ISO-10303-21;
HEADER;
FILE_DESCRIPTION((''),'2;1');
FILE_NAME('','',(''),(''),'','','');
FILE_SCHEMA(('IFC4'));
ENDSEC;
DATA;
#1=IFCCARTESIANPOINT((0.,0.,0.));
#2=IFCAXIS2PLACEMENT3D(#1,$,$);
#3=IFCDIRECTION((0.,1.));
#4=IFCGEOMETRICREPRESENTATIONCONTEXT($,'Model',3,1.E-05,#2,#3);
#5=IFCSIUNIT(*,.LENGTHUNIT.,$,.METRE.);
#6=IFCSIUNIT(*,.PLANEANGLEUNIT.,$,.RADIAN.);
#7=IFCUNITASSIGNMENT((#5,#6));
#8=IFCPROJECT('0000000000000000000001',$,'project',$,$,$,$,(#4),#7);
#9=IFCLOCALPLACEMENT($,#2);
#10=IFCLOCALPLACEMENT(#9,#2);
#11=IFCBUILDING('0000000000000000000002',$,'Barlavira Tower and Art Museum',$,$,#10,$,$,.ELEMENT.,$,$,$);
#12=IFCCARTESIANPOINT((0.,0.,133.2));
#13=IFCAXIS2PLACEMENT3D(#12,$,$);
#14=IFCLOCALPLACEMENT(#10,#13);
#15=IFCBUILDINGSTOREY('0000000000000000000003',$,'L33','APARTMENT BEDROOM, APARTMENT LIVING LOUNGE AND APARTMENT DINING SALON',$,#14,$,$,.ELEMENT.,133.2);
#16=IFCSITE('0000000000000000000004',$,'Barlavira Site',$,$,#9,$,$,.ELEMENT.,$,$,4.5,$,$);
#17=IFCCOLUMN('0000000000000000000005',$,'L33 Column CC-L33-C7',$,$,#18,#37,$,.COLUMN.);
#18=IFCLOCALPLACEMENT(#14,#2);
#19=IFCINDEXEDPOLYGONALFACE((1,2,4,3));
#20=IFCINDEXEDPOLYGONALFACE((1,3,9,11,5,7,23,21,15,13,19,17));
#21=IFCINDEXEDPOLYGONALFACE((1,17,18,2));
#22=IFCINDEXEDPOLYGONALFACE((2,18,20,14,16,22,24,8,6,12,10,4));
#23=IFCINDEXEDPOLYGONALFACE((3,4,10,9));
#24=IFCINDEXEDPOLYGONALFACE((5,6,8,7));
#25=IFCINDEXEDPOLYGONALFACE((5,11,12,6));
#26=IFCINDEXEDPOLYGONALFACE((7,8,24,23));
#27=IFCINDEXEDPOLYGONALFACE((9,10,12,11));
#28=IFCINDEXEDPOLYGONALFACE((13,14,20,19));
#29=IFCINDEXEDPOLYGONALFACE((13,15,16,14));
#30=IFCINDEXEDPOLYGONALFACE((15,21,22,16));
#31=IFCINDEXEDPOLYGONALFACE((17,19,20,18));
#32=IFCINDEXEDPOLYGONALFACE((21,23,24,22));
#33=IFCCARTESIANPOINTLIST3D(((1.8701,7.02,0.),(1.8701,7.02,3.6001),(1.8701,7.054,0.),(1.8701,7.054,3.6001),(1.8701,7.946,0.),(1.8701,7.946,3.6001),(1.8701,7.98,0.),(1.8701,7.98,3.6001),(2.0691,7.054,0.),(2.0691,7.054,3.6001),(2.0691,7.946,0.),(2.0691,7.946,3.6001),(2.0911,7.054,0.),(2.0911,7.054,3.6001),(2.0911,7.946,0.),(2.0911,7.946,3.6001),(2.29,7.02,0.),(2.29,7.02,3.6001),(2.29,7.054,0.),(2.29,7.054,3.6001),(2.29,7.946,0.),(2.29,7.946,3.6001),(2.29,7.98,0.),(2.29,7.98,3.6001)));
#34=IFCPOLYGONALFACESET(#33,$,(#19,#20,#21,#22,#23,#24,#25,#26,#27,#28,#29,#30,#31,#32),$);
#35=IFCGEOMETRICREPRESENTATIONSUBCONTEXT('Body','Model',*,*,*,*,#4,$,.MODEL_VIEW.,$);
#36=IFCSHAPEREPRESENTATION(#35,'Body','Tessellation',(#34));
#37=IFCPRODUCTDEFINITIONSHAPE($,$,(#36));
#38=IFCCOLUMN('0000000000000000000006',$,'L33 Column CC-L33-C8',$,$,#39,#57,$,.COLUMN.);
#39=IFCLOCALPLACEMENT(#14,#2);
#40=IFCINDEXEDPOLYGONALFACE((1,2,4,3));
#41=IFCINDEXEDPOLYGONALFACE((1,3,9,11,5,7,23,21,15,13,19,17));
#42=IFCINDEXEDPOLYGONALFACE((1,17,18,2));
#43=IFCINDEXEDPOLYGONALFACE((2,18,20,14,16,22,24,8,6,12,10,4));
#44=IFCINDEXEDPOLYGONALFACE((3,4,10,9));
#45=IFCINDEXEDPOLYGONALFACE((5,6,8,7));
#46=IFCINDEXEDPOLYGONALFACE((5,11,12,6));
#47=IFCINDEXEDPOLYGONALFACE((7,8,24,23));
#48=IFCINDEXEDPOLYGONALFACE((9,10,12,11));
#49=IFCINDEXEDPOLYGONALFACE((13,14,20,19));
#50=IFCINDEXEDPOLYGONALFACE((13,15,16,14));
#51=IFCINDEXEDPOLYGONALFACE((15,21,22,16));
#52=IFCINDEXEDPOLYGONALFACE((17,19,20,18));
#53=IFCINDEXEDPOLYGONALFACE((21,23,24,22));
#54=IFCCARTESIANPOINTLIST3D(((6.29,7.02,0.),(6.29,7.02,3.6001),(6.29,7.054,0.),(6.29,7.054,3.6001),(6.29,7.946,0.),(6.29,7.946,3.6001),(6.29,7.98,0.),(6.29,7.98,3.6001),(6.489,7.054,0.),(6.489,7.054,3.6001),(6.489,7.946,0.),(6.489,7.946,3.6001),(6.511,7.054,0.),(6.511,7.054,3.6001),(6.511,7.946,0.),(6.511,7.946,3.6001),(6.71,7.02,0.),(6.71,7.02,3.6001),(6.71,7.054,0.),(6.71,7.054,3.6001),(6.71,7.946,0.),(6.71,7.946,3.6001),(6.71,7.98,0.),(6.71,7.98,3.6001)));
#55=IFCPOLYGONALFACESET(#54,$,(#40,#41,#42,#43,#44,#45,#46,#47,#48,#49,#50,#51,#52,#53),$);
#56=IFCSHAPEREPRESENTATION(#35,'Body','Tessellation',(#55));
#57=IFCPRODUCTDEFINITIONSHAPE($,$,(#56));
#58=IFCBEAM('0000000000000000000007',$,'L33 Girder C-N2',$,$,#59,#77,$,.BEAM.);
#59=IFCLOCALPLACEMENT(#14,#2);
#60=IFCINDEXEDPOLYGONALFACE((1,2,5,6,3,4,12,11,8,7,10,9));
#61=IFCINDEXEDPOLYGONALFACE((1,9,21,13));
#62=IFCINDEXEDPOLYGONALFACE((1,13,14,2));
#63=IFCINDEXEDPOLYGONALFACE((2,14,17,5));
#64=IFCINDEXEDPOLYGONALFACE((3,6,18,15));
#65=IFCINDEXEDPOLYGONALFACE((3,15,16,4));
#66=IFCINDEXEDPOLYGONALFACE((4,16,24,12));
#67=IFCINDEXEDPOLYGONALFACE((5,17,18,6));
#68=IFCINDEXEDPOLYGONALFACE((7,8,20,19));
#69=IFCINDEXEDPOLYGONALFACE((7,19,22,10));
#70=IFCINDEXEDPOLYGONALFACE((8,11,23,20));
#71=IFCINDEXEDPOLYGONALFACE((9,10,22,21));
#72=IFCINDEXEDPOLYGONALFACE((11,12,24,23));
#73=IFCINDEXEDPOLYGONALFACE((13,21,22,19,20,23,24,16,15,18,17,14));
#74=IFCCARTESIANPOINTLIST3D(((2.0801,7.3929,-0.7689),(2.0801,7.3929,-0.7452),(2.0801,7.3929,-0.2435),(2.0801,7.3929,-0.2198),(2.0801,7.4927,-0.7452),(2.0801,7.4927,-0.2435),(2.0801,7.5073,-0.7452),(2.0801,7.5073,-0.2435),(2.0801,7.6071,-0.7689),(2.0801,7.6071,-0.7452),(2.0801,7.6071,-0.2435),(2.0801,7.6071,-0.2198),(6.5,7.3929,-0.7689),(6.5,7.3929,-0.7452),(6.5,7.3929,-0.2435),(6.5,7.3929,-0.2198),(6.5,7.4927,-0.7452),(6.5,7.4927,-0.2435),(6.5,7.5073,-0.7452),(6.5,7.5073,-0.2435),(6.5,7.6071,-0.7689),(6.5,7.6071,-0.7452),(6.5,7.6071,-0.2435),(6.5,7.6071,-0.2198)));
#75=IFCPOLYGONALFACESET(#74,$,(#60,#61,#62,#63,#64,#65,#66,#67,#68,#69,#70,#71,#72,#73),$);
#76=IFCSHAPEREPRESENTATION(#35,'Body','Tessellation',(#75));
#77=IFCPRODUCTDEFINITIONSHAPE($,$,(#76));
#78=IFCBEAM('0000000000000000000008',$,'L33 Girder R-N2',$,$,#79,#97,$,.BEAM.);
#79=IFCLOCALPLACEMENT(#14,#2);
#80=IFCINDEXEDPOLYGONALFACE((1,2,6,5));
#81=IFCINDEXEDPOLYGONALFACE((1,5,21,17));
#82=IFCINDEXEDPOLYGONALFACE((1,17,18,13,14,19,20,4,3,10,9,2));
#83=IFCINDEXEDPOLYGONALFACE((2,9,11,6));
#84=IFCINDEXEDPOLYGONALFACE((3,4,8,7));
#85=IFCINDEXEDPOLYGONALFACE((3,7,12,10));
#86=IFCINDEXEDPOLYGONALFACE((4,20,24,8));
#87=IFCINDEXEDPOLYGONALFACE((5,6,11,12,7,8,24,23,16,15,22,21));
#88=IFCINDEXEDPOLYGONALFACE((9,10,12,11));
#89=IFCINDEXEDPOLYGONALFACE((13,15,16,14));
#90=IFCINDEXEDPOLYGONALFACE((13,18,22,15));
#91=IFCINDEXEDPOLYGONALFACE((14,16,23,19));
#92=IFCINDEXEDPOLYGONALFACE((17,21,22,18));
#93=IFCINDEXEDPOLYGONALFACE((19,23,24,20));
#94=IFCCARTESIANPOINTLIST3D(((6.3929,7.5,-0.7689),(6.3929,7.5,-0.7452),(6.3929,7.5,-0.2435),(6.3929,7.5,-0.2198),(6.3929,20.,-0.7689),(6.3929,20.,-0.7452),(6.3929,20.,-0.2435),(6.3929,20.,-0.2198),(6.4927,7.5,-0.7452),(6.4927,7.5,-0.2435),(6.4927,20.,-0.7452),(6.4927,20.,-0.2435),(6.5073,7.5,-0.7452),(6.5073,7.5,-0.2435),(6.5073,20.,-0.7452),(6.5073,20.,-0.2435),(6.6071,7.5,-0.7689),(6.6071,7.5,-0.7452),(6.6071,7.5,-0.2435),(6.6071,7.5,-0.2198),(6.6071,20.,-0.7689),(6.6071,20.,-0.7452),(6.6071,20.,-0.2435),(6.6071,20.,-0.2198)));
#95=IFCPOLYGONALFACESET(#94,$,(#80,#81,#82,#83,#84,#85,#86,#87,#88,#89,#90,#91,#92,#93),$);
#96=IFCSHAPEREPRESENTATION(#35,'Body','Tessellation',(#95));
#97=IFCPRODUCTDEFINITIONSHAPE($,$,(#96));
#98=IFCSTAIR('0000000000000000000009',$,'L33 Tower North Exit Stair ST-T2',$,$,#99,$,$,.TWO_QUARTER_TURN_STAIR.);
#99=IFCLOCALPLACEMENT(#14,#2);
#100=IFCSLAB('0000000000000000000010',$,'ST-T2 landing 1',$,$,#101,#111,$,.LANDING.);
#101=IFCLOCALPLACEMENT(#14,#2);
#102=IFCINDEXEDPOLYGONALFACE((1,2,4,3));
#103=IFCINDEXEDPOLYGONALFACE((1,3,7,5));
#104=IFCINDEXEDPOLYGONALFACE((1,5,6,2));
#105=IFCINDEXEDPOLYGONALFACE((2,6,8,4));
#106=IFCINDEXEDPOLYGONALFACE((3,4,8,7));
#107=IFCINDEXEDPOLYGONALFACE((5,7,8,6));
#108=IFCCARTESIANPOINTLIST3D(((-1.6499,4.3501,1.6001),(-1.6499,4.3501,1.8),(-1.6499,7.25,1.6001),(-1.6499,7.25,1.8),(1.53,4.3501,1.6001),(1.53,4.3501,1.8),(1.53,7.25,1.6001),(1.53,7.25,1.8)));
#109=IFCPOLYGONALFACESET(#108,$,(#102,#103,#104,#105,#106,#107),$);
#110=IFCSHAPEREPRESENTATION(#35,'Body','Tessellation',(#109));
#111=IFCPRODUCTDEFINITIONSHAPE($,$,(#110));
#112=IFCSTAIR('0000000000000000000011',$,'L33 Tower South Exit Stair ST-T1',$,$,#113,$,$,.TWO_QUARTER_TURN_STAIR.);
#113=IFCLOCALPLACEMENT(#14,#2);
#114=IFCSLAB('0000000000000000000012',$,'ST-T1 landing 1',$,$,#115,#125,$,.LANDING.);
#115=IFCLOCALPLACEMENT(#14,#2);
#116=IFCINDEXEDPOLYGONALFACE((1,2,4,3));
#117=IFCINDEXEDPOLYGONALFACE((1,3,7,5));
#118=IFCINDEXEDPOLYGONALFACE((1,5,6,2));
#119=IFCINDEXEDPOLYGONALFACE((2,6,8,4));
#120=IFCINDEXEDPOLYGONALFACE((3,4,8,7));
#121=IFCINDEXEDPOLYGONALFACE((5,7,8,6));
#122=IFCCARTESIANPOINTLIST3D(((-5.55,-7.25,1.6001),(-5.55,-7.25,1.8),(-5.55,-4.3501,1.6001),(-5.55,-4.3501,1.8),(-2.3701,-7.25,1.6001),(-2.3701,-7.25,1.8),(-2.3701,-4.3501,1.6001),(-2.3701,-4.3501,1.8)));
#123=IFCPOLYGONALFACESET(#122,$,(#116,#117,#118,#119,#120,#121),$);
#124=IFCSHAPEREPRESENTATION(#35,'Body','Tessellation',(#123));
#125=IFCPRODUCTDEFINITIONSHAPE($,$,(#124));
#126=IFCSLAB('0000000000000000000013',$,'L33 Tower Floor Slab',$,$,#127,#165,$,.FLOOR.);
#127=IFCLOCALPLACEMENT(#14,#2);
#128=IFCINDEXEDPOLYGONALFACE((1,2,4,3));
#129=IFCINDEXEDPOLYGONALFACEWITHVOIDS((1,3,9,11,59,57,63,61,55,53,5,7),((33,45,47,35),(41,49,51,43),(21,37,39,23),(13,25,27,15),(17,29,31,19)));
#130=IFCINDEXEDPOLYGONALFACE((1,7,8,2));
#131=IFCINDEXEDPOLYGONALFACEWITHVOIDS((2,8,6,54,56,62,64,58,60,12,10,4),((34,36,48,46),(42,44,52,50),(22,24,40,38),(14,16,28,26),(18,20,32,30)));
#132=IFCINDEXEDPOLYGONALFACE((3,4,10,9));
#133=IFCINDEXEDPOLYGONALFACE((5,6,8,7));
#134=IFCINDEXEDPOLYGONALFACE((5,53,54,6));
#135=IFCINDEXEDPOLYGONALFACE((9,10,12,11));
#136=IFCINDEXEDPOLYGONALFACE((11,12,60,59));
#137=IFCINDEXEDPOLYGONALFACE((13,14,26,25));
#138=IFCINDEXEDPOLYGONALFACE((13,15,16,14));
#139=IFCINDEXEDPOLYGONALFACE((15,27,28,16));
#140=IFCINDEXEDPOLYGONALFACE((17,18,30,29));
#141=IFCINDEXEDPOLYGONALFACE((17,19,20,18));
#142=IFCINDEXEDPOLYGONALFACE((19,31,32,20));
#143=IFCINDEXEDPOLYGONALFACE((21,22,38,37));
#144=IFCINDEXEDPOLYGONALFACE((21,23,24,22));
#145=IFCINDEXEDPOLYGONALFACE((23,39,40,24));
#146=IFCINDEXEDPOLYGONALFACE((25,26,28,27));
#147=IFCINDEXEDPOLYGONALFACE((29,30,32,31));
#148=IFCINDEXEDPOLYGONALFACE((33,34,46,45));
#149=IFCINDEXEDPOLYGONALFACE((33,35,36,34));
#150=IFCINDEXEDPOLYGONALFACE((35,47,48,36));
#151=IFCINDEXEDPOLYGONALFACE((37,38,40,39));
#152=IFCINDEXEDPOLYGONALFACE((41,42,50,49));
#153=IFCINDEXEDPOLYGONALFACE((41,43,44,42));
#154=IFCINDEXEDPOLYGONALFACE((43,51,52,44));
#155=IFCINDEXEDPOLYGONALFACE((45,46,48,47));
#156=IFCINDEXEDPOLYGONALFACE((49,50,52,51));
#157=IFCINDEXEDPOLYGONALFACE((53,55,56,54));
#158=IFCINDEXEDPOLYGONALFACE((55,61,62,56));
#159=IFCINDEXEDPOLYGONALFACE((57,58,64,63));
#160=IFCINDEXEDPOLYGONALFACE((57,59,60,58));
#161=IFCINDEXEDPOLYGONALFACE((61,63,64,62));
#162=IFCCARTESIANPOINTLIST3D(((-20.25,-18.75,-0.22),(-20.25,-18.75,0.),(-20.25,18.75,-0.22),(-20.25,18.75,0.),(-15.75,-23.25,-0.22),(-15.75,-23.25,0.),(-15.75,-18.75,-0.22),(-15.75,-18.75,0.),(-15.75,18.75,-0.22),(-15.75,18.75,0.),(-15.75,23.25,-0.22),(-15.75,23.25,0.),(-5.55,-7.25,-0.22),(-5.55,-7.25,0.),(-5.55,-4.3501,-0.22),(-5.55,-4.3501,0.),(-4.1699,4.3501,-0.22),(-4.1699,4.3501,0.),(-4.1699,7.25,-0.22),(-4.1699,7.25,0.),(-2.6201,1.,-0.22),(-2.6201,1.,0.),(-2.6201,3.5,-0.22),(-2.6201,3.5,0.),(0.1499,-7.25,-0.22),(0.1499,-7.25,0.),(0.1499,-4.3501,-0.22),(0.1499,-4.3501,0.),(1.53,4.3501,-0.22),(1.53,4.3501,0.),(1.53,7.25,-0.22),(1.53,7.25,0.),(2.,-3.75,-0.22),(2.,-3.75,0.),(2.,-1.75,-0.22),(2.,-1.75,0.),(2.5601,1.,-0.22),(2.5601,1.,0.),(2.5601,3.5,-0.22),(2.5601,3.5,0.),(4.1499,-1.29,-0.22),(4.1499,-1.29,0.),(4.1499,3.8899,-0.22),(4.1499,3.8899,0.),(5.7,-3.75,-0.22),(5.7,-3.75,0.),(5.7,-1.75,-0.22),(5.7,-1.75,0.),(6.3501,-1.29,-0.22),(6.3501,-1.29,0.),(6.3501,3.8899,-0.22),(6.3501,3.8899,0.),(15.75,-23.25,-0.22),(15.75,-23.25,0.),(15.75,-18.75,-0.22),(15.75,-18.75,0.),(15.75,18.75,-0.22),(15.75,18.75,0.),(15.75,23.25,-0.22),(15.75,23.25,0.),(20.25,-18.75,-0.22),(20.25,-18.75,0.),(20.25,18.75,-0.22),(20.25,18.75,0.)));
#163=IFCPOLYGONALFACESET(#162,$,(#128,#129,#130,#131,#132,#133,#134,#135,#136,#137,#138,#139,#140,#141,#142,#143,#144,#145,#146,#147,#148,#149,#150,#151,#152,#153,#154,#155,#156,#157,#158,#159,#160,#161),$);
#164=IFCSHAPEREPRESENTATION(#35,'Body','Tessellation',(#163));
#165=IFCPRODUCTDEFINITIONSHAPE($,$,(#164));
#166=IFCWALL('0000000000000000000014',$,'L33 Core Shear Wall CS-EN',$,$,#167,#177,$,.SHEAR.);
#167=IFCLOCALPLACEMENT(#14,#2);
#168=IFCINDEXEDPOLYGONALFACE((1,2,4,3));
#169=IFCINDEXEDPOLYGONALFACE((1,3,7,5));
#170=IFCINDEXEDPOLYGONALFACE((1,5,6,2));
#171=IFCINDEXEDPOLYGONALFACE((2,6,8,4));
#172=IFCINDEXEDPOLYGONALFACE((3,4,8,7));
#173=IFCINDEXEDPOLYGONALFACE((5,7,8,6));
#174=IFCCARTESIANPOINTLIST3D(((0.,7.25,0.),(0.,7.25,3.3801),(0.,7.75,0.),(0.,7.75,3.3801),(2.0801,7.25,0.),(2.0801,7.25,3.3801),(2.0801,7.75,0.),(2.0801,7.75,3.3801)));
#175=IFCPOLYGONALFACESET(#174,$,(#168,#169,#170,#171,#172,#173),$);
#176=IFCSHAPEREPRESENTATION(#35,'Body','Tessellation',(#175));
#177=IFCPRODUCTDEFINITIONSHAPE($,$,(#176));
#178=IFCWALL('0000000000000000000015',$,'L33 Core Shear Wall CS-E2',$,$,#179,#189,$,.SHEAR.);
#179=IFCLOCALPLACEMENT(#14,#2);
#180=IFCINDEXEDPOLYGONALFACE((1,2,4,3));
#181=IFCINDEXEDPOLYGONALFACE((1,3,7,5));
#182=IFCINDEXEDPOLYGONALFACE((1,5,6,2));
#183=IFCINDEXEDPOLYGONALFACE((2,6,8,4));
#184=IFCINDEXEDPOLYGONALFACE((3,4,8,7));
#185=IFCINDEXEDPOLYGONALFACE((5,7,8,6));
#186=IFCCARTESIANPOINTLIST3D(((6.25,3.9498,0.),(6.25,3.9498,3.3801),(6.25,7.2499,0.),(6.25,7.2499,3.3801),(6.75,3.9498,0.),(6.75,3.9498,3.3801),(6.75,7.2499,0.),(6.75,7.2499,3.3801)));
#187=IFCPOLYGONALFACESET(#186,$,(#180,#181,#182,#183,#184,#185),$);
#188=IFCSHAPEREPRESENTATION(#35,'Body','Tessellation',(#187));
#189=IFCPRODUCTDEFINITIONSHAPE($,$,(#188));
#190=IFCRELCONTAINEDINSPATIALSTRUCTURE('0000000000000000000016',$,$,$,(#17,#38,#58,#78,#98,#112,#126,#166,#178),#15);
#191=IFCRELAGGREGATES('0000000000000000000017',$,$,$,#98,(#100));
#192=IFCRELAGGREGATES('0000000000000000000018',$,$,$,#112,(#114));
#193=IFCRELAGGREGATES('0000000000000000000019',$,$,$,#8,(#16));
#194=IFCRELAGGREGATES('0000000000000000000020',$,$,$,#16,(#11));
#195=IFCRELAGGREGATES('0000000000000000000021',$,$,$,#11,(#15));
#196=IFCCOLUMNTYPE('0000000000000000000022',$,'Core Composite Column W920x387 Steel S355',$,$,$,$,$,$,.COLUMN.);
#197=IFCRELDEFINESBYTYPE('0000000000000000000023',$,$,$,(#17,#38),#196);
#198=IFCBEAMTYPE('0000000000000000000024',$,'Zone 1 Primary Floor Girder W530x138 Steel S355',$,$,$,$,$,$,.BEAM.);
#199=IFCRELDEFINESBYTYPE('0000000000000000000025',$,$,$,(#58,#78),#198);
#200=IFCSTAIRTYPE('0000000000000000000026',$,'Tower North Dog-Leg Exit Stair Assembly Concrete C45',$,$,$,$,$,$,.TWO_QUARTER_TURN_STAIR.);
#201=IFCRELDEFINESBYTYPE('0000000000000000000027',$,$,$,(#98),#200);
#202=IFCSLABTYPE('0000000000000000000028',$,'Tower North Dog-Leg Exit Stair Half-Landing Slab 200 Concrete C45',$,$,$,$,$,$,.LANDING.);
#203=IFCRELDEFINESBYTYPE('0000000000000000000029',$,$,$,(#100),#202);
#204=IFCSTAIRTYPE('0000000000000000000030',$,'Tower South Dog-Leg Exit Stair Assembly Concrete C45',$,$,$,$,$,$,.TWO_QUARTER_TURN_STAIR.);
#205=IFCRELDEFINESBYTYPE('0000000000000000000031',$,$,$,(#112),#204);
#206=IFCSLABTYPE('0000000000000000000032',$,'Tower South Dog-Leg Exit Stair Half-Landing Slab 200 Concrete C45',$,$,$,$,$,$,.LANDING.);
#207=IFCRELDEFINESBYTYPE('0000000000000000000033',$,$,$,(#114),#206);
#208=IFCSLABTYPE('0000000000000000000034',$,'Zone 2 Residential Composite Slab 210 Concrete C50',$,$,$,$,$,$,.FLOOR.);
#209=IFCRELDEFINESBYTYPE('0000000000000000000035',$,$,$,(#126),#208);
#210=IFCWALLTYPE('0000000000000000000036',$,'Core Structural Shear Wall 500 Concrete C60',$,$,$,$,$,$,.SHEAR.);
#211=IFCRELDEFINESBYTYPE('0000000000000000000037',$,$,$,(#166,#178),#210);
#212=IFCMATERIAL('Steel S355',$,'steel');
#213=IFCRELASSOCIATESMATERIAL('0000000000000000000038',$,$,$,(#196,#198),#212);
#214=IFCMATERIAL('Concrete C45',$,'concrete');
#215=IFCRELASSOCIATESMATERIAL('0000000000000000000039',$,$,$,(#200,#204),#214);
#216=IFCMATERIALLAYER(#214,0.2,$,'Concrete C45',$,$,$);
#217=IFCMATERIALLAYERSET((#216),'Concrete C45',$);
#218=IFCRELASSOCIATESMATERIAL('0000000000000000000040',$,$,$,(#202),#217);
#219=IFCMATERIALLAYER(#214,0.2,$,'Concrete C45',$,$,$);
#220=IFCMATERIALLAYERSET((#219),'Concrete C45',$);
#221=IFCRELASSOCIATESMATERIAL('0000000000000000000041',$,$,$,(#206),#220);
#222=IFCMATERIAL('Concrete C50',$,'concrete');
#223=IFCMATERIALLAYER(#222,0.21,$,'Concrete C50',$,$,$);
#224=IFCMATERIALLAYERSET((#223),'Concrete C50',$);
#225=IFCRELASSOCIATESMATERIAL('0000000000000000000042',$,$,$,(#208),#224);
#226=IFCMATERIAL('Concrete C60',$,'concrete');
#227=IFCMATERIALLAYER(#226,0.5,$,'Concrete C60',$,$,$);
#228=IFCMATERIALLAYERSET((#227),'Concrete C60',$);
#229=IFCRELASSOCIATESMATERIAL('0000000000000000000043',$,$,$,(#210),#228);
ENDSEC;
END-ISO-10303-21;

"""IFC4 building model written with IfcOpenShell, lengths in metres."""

from ifc_helpers import new_model, si_unit, direction, frame, frame_2d, origin, origin_2d, place, context, subcontext, project, spatial, polyline, rectangle, i_section, outline, extrude, material, layer, layer_set, material_profile, profile_set, type_object, element, aggregate, save


model = new_model("IFC4")

# Units and contexts
model_context = context("Model", 3, precision=1e-05, world=origin(), true_north=direction((0.0, 1.0)))
body_context = subcontext(model_context, "Body", "Model", "MODEL_VIEW")
ifc_project = project(units=[si_unit("LENGTHUNIT", "METRE"), si_unit("PLANEANGLEUNIT", "RADIAN")], contexts=[model_context])

# Site, building, storey
site_placement = place(None, origin())
site = spatial("IfcSite", under=ifc_project, at=site_placement, Name="Barlavira Site", CompositionType="ELEMENT", RefElevation=4.5)
building_placement = place(site_placement, origin())
building = spatial("IfcBuilding", under=site, at=building_placement, Name="Barlavira Tower and Art Museum", CompositionType="ELEMENT")
storey_placement = place(building_placement, frame((0.0, 0.0, 133.2)))
storey = spatial("IfcBuildingStorey", under=building, at=storey_placement, Name="L33", Description="APARTMENT BEDROOM, APARTMENT LIVING LOUNGE AND APARTMENT DINING SALON", CompositionType="ELEMENT", Elevation=133.2)

# Columns
ifc_material_1 = material(Name="Steel S355", Category="steel")
ifc_material_profile_1 = material_profile(ifc_material_1, i_section(OverallWidth=0.4199, OverallDepth=0.96, WebThickness=0.022, FlangeThickness=0.0339, at=origin_2d()), Name="W920x387.0")
ifc_profile_set_1 = profile_set([ifc_material_profile_1], Name="Steel S355")
column_type = type_object("IfcColumnType", Name="Core Composite Column W920x387 Steel S355", PredefinedType="COLUMN", material=ifc_profile_set_1)
for number, where, z_axis, x_axis, name in (
    (1, (2.0801, 7.5, 0.0), (0.0, 0.0, 1.0), (1.0, 0.0, 0.0), "L33 Column CC-L33-C7"),
    (2, (6.5, 7.5, 0.0), (0.0, 0.0, 1.0), (1.0, 0.0, 0.0), "L33 Column CC-L33-C8"),
):
    element("IfcColumn", number, at=place(storey_placement, frame(where, z_axis=z_axis, x_axis=x_axis)), inside=storey, type_object=column_type, Name=name, PredefinedType="COLUMN", context=body_context, shape_type="SweptSolid", body=[
        extrude(i_section(OverallWidth=0.4199, OverallDepth=0.96, WebThickness=0.022, FlangeThickness=0.0339, at=origin_2d()), origin(), (0.0, 0.0, 1.0), 3.6001),
    ])

# Beams
ifc_material_profile_2 = material_profile(ifc_material_1, i_section(OverallWidth=0.2141, OverallDepth=0.5491, WebThickness=0.0146, FlangeThickness=0.0237, at=origin_2d()), Name="W530x138.0")
ifc_profile_set_2 = profile_set([ifc_material_profile_2], Name="Steel S355")
beam_type = type_object("IfcBeamType", Name="Zone 1 Primary Floor Girder W530x138 Steel S355", PredefinedType="BEAM", material=ifc_profile_set_2)
beam_1_placement = place(storey_placement, frame((2.0801, 7.5, -0.4944), z_axis=(1.0, 0.0, 0.0), x_axis=(0.0, 1.0, 0.0)))
element("IfcBeam", 3, at=beam_1_placement, inside=storey, type_object=beam_type, Name="L33 Girder C-N2", PredefinedType="BEAM", context=body_context, shape_type="SweptSolid", body=[
    extrude(i_section(OverallWidth=0.2141, OverallDepth=0.5491, WebThickness=0.0146, FlangeThickness=0.0237, at=origin_2d()), origin(), (0.0, 0.0, 1.0), 4.4199),
])
beam_2_placement = place(storey_placement, frame((6.5, 7.5, -0.4944), z_axis=(0.0, 1.0, 0.0), x_axis=(-1.0, 0.0, 0.0)))
element("IfcBeam", 4, at=beam_2_placement, inside=storey, type_object=beam_type, Name="L33 Girder R-N2", PredefinedType="BEAM", context=body_context, shape_type="SweptSolid", body=[
    extrude(i_section(OverallWidth=0.2141, OverallDepth=0.5491, WebThickness=0.0146, FlangeThickness=0.0237, at=origin_2d()), origin(), (0.0, 0.0, 1.0), 12.5),
])

# Stairs, slabs
ifc_material_2 = material(Name="Concrete C45", Category="concrete")
stair_type_1 = type_object("IfcStairType", Name="Tower North Dog-Leg Exit Stair Assembly Concrete C45", PredefinedType="TWO_QUARTER_TURN_STAIR", material=ifc_material_2)
stair_1_placement = place(storey_placement, origin())
stair_1 = element("IfcStair", 5, at=stair_1_placement, inside=storey, type_object=stair_type_1, Name="L33 Tower North Exit Stair ST-T2", PredefinedType="TWO_QUARTER_TURN_STAIR")
ifc_layer_1 = layer(ifc_material_2, 0.2, Name="Concrete C45")
ifc_layer_set_1 = layer_set([ifc_layer_1], Name="Concrete C45")
slab_type_1 = type_object("IfcSlabType", Name="Tower North Dog-Leg Exit Stair Half-Landing Slab 200 Concrete C45", PredefinedType="LANDING", material=ifc_layer_set_1)
slab_1_placement = place(storey_placement, frame((0.0, 0.0, 1.6001)))
slab_1 = element("IfcSlab", 6, at=slab_1_placement, type_object=slab_type_1, Name="ST-T2 landing 1", PredefinedType="LANDING", context=body_context, shape_type="SweptSolid", body=[
    extrude(outline(polyline([(-1.6499, 4.3501), (1.53, 4.3501), (1.53, 7.25), (-1.6499, 7.25), (-1.6499, 4.3501)])), origin(), (0.0, 0.0, 1.0), 0.2),
])
aggregate(stair_1, [slab_1])
stair_type_2 = type_object("IfcStairType", Name="Tower South Dog-Leg Exit Stair Assembly Concrete C45", PredefinedType="TWO_QUARTER_TURN_STAIR", material=ifc_material_2)
stair_2_placement = place(storey_placement, origin())
stair_2 = element("IfcStair", 7, at=stair_2_placement, inside=storey, type_object=stair_type_2, Name="L33 Tower South Exit Stair ST-T1", PredefinedType="TWO_QUARTER_TURN_STAIR")
ifc_layer_2 = layer(ifc_material_2, 0.2, Name="Concrete C45")
ifc_layer_set_2 = layer_set([ifc_layer_2], Name="Concrete C45")
slab_type_2 = type_object("IfcSlabType", Name="Tower South Dog-Leg Exit Stair Half-Landing Slab 200 Concrete C45", PredefinedType="LANDING", material=ifc_layer_set_2)
slab_2_placement = place(storey_placement, frame((0.0, 0.0, 1.6001)))
slab_2 = element("IfcSlab", 8, at=slab_2_placement, type_object=slab_type_2, Name="ST-T1 landing 1", PredefinedType="LANDING", context=body_context, shape_type="SweptSolid", body=[
    extrude(outline(polyline([(-2.3701, -4.3501), (-5.55, -4.3501), (-5.55, -7.25), (-2.3701, -7.25), (-2.3701, -4.3501)])), origin(), (0.0, 0.0, 1.0), 0.2),
])
aggregate(stair_2, [slab_2])

# Slab
ifc_material_3 = material(Name="Concrete C50", Category="concrete")
ifc_layer_3 = layer(ifc_material_3, 0.21, Name="Concrete C50")
ifc_layer_set_3 = layer_set([ifc_layer_3], Name="Concrete C50")
slab_type_3 = type_object("IfcSlabType", Name="Zone 2 Residential Composite Slab 210 Concrete C50", PredefinedType="FLOOR", material=ifc_layer_set_3)
slab_3_placement = place(storey_placement, frame((0.0, 0.0, -0.22)))
element("IfcSlab", 9, at=slab_3_placement, inside=storey, type_object=slab_type_3, Name="L33 Tower Floor Slab", PredefinedType="FLOOR", context=body_context, shape_type="SweptSolid", body=[
    extrude(outline(polyline([(-15.75, -23.25), (15.75, -23.25), (15.75, -18.75), (20.25, -18.75), (20.25, 18.75), (15.75, 18.75), (15.75, 23.25), (-15.75, 23.25), (-15.75, 18.75), (-20.25, 18.75), (-20.25, -18.75), (-15.75, -18.75), (-15.75, -23.25)]), holes=[polyline([(0.1499, -4.3501), (-5.55, -4.3501), (-5.55, -7.25), (0.1499, -7.25), (0.1499, -4.3501)]), polyline([(-4.1699, 4.3501), (1.53, 4.3501), (1.53, 7.25), (-4.1699, 7.25), (-4.1699, 4.3501)]), polyline([(4.1499, -1.29), (6.3501, -1.29), (6.3501, 3.8899), (4.1499, 3.8899), (4.1499, -1.29)]), polyline([(-2.6201, 1.0), (2.5601, 1.0), (2.5601, 3.5), (-2.6201, 3.5), (-2.6201, 1.0)]), polyline([(2.0, -3.75), (5.7, -3.75), (5.7, -1.75), (2.0, -1.75), (2.0, -3.75)])]), origin(), (0.0, 0.0, 1.0), 0.22),
])

# Walls
ifc_material_4 = material(Name="Concrete C60", Category="concrete")
ifc_layer_4 = layer(ifc_material_4, 0.5, Name="Concrete C60")
ifc_layer_set_4 = layer_set([ifc_layer_4], Name="Concrete C60")
wall_type_1 = type_object("IfcWallType", Name="Core Structural Shear Wall 500 Concrete C60", PredefinedType="SHEAR", material=ifc_layer_set_4)
wall_1_placement = place(storey_placement, frame((0.0, 7.5, 0.0), z_axis=(0.0, 0.0, 1.0), x_axis=(1.0, 0.0, 0.0)))
element("IfcWall", 10, at=wall_1_placement, inside=storey, type_object=wall_type_1, Name="L33 Core Shear Wall CS-EN", PredefinedType="SHEAR", context=body_context, shape_type="SweptSolid", body=[
    extrude(rectangle(XDim=2.0801, YDim=0.5, at=frame_2d((1.04, 0.0))), origin(), (0.0, 0.0, 1.0), 3.3801),
])
wall_2_placement = place(storey_placement, frame((6.5, 3.95, 0.0), z_axis=(0.0, 0.0, 1.0), x_axis=(0.0, 1.0, 0.0)))
element("IfcWall", 11, at=wall_2_placement, inside=storey, type_object=wall_type_1, Name="L33 Core Shear Wall CS-E2", PredefinedType="SHEAR", context=body_context, shape_type="SweptSolid", body=[
    extrude(rectangle(XDim=3.3, YDim=0.5, at=frame_2d((1.6499, 0.0))), origin(), (0.0, 0.0, 1.0), 3.3801),
])

save(model, "model.ifc")
